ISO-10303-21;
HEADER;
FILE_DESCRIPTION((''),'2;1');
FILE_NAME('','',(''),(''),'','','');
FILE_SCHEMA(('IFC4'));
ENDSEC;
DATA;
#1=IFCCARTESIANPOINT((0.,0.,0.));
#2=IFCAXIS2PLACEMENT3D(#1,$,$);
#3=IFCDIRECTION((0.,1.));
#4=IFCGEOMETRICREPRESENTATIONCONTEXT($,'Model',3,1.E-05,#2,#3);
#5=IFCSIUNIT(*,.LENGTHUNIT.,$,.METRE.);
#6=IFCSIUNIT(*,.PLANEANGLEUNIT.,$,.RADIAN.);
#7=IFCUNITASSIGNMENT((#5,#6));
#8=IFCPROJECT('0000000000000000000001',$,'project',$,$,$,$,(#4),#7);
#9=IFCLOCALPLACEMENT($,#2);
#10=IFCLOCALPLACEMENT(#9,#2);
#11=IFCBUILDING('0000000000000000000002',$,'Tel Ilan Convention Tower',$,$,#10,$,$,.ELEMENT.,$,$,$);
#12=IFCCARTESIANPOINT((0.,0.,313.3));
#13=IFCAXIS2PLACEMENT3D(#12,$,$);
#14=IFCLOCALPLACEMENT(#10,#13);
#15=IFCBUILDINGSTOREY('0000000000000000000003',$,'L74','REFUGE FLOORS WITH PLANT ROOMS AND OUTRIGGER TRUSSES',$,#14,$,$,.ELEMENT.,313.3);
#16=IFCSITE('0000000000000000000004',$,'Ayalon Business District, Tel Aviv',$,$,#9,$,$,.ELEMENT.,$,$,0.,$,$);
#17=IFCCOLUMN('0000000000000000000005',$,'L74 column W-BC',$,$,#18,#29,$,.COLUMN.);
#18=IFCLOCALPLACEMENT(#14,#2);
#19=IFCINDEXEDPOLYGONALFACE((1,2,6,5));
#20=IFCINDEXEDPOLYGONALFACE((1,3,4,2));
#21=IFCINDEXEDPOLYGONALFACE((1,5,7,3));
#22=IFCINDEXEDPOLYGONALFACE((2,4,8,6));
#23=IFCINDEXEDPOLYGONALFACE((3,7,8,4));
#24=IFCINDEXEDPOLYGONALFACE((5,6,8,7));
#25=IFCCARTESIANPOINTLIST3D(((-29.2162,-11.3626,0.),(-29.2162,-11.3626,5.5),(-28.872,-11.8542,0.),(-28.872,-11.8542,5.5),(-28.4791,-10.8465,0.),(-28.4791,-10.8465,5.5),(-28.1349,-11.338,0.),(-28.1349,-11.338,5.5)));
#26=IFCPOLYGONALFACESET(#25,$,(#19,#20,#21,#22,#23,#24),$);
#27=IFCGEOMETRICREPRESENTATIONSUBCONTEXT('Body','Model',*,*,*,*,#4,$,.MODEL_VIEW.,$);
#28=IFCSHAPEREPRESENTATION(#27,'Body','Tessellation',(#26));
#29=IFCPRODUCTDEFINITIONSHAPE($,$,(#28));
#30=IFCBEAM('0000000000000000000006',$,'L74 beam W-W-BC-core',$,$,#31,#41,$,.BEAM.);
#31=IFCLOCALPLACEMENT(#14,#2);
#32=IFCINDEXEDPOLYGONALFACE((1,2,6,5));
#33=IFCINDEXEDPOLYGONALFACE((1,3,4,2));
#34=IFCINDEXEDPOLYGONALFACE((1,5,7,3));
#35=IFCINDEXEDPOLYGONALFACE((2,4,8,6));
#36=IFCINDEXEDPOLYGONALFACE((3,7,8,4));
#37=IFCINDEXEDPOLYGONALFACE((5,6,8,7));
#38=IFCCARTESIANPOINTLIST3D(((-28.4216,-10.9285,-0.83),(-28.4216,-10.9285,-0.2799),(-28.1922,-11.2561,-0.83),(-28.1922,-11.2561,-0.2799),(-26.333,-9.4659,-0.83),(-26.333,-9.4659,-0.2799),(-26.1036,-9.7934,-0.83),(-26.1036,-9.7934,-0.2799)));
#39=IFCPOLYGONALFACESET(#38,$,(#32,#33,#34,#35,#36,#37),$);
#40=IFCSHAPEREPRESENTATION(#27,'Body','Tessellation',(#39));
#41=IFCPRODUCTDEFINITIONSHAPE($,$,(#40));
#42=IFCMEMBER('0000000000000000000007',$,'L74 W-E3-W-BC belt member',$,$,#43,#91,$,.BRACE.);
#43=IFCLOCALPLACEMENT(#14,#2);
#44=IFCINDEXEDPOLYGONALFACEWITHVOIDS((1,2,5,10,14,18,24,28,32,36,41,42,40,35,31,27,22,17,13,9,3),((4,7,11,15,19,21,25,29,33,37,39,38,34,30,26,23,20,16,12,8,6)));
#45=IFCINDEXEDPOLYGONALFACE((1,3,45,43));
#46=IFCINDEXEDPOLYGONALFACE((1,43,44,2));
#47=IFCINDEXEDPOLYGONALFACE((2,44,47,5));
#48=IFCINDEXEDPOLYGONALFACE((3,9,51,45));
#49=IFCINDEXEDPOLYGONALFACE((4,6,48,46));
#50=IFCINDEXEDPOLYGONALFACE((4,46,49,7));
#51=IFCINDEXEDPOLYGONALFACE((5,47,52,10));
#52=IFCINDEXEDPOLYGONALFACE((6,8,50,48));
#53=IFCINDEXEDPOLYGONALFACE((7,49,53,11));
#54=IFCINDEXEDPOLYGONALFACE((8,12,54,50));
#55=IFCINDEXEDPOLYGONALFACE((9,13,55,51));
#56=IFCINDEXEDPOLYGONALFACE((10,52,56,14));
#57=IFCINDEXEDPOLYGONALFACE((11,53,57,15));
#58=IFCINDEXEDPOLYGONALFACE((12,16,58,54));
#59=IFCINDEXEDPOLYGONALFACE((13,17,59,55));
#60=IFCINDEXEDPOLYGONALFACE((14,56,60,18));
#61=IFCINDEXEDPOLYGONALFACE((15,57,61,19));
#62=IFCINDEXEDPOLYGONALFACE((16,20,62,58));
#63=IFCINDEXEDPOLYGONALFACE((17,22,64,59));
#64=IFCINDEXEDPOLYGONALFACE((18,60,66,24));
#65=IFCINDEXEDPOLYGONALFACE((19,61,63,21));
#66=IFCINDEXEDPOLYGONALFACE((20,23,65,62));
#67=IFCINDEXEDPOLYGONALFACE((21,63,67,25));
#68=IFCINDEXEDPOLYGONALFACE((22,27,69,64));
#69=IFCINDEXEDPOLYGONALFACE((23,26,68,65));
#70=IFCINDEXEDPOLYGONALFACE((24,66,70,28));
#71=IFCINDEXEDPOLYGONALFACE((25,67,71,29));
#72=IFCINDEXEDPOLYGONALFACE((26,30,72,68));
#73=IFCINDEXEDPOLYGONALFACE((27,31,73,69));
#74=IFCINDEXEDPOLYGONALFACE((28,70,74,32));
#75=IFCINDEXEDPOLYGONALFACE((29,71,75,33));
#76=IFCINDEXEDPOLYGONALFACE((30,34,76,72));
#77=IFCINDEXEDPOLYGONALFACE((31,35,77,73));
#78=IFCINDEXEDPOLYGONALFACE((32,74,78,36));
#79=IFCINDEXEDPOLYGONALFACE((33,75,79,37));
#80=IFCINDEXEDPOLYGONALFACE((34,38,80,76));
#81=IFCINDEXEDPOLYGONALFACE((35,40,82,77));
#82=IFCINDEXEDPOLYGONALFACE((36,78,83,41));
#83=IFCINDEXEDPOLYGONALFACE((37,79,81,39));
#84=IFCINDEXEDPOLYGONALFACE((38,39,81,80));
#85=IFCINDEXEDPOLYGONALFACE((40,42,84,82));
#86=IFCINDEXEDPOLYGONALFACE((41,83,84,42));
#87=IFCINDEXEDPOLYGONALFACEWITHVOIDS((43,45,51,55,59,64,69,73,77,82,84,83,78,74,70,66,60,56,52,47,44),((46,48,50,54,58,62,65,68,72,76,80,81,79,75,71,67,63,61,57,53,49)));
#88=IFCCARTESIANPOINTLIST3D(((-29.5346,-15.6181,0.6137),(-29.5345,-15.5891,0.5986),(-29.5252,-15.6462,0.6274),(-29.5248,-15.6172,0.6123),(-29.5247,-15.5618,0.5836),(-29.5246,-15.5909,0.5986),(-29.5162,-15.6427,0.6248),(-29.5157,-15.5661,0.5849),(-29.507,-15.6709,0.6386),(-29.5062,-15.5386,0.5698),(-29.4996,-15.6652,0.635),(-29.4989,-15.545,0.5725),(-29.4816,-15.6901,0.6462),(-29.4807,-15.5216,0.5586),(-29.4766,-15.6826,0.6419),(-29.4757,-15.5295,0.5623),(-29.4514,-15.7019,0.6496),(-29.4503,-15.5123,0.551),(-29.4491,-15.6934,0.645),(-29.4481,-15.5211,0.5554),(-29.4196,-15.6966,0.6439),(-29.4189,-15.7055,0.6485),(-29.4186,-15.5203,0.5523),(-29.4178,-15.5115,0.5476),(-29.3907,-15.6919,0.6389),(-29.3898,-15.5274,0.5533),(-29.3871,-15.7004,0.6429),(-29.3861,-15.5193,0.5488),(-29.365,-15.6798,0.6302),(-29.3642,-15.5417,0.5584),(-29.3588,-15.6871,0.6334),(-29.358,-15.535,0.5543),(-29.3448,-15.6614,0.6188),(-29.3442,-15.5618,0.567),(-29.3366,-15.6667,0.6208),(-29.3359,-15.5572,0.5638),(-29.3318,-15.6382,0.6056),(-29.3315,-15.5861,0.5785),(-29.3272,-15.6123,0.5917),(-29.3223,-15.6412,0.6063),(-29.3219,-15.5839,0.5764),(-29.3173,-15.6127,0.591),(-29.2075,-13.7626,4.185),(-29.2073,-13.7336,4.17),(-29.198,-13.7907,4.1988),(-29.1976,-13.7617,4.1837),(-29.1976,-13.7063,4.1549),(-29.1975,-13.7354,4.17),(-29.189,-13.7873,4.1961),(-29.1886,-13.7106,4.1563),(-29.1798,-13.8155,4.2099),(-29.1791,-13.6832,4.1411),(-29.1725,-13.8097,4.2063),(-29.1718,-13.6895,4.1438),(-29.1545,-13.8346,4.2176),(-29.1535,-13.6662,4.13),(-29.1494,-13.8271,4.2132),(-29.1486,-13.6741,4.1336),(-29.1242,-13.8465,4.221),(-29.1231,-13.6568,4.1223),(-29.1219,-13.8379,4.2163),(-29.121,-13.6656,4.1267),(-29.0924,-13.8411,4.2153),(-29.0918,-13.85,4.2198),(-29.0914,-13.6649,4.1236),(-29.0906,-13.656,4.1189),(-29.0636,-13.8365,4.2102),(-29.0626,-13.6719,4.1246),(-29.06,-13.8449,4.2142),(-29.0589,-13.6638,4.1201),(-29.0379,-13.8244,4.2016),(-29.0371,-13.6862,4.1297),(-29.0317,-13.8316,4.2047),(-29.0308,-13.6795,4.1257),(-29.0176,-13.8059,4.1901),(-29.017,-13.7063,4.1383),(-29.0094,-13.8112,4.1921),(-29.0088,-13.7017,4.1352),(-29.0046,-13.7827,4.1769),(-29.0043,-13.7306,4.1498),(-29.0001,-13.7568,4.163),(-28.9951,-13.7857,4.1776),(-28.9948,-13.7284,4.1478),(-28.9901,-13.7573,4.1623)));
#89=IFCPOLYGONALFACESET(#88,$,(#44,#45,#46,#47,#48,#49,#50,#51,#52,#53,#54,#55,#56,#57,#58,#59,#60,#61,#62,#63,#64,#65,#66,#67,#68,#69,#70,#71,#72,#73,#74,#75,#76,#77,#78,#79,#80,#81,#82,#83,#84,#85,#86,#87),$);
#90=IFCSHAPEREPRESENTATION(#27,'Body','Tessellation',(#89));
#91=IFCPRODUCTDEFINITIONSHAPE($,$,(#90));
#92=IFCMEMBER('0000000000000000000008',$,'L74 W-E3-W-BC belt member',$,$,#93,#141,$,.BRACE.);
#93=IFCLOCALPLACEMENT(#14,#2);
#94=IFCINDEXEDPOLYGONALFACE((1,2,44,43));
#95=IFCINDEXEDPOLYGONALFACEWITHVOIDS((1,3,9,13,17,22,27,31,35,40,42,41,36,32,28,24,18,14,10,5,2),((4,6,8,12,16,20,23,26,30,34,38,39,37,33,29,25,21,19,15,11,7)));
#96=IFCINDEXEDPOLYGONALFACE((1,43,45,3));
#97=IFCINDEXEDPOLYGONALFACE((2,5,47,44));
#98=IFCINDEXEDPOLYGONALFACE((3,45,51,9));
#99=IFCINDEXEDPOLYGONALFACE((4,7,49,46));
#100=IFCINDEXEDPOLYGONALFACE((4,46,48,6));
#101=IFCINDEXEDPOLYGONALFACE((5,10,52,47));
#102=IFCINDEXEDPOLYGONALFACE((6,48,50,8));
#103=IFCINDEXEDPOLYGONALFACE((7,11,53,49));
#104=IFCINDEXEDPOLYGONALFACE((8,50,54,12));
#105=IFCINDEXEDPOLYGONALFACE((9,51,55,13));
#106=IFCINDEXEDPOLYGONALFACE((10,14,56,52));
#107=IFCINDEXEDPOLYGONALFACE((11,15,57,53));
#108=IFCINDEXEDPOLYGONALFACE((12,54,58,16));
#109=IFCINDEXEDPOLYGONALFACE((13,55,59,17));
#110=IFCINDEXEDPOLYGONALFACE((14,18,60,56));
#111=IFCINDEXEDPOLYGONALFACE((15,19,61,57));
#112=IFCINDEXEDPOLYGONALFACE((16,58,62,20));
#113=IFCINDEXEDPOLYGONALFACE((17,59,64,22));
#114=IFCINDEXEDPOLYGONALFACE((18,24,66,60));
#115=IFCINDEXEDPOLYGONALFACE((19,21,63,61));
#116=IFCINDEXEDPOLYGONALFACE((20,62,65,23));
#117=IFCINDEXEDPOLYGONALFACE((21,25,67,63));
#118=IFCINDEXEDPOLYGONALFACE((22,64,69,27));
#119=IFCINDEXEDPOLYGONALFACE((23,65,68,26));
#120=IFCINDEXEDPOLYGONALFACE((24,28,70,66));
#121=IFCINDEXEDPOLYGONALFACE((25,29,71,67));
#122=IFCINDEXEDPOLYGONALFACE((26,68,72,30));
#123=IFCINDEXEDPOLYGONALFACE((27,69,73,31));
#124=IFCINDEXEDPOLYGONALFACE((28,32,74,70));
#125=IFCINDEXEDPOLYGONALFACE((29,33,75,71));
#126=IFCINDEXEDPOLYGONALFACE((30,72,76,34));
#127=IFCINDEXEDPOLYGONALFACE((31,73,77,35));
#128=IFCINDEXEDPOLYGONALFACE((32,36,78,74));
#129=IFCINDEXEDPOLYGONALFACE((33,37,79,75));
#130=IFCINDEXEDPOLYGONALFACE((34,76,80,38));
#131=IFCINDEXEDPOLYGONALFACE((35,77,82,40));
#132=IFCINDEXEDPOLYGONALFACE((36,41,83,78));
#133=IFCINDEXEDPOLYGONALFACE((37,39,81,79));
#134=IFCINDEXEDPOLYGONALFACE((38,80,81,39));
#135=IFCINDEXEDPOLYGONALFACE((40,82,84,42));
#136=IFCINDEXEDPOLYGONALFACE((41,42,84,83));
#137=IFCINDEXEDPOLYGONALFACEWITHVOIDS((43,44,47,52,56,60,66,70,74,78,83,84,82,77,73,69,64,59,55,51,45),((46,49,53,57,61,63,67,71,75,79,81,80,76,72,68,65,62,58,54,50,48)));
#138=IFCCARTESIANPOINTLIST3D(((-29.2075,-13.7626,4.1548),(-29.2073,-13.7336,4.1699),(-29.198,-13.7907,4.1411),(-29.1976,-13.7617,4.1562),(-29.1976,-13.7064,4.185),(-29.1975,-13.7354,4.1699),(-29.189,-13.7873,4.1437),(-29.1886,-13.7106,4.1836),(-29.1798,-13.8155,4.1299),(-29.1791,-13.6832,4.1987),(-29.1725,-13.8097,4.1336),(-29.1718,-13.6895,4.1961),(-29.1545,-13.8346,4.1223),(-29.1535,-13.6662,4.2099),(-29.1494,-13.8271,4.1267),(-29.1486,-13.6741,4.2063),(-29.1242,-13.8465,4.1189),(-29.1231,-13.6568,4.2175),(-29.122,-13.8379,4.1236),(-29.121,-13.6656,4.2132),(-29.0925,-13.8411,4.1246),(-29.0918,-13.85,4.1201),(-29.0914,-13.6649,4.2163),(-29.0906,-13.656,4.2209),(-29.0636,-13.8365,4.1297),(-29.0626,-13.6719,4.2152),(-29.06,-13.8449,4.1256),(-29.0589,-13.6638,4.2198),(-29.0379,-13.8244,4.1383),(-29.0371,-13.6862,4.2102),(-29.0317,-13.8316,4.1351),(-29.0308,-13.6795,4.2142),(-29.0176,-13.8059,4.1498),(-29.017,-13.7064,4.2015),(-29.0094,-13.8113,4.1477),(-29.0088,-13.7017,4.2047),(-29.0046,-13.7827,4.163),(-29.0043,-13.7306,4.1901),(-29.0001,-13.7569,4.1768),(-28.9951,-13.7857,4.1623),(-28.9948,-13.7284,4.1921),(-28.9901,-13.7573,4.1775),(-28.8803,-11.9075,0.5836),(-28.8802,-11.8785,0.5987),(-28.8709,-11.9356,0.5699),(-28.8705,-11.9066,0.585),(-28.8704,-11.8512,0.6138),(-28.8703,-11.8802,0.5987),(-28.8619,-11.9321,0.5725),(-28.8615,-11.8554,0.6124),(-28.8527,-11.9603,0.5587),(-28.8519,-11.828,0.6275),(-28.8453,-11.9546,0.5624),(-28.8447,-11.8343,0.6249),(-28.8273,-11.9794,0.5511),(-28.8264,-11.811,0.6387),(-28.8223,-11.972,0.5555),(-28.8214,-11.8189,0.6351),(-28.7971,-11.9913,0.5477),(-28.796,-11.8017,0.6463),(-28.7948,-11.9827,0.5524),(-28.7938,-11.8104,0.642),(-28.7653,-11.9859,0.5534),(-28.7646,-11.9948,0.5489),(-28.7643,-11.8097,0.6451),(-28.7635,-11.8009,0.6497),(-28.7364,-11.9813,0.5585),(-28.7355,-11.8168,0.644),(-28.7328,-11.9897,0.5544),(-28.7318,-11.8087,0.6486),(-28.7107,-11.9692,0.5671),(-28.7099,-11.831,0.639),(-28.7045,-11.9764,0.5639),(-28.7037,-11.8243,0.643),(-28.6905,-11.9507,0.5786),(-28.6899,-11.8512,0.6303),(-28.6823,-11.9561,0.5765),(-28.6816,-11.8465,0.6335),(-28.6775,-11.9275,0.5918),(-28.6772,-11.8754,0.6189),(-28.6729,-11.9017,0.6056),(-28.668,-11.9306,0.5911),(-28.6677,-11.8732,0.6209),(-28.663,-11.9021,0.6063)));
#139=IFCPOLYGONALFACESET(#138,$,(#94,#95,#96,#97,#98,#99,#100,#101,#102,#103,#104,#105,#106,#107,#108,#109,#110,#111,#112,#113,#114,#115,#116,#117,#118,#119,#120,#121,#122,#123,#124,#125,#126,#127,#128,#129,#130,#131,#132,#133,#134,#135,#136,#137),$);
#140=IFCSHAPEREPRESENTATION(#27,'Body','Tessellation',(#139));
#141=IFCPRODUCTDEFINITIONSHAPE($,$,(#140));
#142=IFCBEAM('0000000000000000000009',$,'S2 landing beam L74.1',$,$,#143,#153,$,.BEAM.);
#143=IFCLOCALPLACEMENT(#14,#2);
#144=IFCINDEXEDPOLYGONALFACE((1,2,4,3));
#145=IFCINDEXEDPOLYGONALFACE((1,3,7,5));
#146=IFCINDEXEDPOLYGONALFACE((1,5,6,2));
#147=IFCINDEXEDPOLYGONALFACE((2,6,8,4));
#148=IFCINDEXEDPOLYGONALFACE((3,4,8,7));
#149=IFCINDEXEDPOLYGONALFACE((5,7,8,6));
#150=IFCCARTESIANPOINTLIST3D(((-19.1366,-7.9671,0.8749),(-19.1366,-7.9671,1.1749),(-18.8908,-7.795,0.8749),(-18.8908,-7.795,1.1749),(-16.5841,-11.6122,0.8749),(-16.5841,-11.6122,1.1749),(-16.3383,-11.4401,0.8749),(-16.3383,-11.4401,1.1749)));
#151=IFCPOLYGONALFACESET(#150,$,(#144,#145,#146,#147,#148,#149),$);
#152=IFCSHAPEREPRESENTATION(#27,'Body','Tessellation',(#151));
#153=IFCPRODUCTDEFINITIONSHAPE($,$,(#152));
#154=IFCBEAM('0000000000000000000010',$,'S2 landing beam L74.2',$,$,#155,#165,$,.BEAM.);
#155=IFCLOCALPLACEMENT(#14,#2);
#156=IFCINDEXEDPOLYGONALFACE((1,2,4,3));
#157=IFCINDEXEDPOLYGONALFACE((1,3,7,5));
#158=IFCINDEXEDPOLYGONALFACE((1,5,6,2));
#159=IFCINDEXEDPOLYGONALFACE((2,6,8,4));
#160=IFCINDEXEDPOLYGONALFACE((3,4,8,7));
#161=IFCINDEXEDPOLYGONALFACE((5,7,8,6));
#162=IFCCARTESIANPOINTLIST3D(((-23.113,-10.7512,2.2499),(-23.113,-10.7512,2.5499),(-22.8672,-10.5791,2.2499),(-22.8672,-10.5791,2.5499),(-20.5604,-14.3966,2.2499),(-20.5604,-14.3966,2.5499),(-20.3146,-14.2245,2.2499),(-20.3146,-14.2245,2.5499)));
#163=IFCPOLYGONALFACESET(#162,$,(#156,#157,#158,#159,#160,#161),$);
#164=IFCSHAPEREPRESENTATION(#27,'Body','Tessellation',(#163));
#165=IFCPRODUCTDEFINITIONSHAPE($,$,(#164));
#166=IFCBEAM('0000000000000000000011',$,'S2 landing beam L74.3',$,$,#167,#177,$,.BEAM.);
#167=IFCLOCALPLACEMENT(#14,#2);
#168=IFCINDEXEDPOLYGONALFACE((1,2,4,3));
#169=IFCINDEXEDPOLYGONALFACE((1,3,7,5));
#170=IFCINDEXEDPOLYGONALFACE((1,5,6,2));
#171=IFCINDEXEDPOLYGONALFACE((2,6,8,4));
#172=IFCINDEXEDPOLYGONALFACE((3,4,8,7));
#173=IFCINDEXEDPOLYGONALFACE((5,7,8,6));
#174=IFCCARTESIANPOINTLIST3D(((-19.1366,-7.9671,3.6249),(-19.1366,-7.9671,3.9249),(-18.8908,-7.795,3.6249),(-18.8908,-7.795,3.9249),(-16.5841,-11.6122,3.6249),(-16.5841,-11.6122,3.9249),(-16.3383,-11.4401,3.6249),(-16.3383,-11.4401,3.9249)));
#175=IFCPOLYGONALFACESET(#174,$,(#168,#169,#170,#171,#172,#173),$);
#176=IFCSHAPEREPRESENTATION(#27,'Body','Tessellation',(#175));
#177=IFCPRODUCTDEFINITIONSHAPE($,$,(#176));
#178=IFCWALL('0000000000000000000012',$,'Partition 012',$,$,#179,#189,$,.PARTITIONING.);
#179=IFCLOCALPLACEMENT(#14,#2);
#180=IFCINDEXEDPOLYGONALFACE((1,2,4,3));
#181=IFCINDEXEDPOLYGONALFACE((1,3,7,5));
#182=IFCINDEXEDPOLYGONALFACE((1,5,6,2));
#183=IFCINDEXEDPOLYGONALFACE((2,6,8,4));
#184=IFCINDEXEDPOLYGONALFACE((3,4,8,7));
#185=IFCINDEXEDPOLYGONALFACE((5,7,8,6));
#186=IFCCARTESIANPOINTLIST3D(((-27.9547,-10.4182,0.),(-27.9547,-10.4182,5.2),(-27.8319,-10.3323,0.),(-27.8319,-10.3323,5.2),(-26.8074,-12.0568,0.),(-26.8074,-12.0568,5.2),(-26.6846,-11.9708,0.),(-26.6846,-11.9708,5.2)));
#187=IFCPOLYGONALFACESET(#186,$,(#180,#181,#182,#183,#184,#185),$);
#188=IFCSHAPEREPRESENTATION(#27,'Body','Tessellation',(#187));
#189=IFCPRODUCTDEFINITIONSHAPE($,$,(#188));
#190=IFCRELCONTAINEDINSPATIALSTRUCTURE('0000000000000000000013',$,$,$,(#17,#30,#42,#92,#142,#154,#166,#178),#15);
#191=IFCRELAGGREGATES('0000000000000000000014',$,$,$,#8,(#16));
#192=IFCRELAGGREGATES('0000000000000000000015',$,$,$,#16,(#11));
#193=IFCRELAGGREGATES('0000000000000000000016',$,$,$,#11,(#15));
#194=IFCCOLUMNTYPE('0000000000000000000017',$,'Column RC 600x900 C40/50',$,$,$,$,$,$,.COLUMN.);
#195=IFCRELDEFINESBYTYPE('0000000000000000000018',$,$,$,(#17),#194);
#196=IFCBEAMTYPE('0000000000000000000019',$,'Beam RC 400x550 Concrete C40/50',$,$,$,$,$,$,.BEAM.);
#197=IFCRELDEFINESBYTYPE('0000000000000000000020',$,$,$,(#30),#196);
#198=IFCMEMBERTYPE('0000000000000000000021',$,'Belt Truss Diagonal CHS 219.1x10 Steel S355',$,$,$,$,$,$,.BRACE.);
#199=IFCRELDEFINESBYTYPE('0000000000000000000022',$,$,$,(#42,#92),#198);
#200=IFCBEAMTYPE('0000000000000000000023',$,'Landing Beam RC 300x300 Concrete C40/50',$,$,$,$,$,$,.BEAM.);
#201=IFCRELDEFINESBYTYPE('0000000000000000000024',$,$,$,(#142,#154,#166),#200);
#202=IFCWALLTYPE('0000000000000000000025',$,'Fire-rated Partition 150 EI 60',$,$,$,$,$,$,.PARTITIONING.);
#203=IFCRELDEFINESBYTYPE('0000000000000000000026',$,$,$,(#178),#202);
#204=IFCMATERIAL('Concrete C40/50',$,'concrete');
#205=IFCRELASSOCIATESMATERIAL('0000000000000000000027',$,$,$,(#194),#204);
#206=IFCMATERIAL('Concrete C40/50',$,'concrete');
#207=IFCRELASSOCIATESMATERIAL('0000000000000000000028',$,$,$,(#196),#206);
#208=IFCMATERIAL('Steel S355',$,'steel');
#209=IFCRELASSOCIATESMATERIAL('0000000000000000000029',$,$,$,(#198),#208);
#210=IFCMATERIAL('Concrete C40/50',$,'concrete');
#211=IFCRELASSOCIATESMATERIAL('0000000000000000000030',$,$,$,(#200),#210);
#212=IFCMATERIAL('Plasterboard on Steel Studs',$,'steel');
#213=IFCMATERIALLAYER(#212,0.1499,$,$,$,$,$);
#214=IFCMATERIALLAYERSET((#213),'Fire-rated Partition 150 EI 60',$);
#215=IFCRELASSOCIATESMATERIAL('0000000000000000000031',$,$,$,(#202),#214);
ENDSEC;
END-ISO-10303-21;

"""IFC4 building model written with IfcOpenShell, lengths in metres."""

from ifc_helpers import new_model, si_unit, direction, frame, frame_2d, origin, origin_2d, place, context, subcontext, project, spatial, rectangle, hollow_circle, extrude, material, layer, layer_set, material_profile, profile_set, type_object, element, save


model = new_model("IFC4")

# Units and contexts
model_context = context("Model", 3, precision=1e-05, world=origin(), true_north=direction((0.0, 1.0)))
body_context = subcontext(model_context, "Body", "Model", "MODEL_VIEW")
ifc_project = project(units=[si_unit("LENGTHUNIT", "METRE"), si_unit("PLANEANGLEUNIT", "RADIAN")], contexts=[model_context])

# Site, building, storey
site_placement = place(None, origin())
site = spatial("IfcSite", under=ifc_project, at=site_placement, Name="Ayalon Business District, Tel Aviv", CompositionType="ELEMENT", RefElevation=0.0)
building_placement = place(site_placement, origin())
building = spatial("IfcBuilding", under=site, at=building_placement, Name="Tel Ilan Convention Tower", CompositionType="ELEMENT")
storey_placement = place(building_placement, frame((0.0, 0.0, 313.3)))
storey = spatial("IfcBuildingStorey", under=building, at=storey_placement, Name="L74", Description="REFUGE FLOORS WITH PLANT ROOMS AND OUTRIGGER TRUSSES", CompositionType="ELEMENT", Elevation=313.3)

# Column
ifc_material_1 = material(Name="Concrete C40/50", Category="concrete")
ifc_material_profile_1 = material_profile(ifc_material_1, rectangle(XDim=0.8999, YDim=0.6001, at=origin_2d()), Name="RC 600x900")
ifc_profile_set_1 = profile_set([ifc_material_profile_1], Name="Concrete C40/50")
column_type = type_object("IfcColumnType", Name="Column RC 600x900 C40/50", PredefinedType="COLUMN", material=ifc_profile_set_1)
column_placement = place(storey_placement, frame((-28.6755, -11.3503, 0.0), z_axis=(0.0, 0.0, 1.0), x_axis=(-0.819152, -0.573576, 0.0)))
element("IfcColumn", 1, at=column_placement, inside=storey, type_object=column_type, Name="L74 column W-BC", PredefinedType="COLUMN", context=body_context, shape_type="SweptSolid", body=[
    extrude(rectangle(XDim=0.8999, YDim=0.6001, at=origin_2d()), origin(), (0.0, 0.0, 1.0), 5.5),
])

# Beam
ifc_material_2 = material(Name="Concrete C40/50", Category="concrete")
ifc_material_profile_2 = material_profile(ifc_material_2, rectangle(XDim=0.3999, YDim=0.55, at=origin_2d()), Name="RC 400x550")
ifc_profile_set_2 = profile_set([ifc_material_profile_2], Name="Concrete C40/50")
beam_type_1 = type_object("IfcBeamType", Name="Beam RC 400x550 Concrete C40/50", PredefinedType="BEAM", material=ifc_profile_set_2)
beam_1_placement = place(storey_placement, frame((-28.3069, -11.0923, -0.5549), z_axis=(0.819119, 0.573623, 0.0), x_axis=(-0.573623, 0.819119, 0.0)))
element("IfcBeam", 2, at=beam_1_placement, inside=storey, type_object=beam_type_1, Name="L74 beam W-W-BC-core", PredefinedType="BEAM", context=body_context, shape_type="SweptSolid", body=[
    extrude(rectangle(XDim=0.3999, YDim=0.55, at=origin_2d()), origin(), (0.0, 0.0, 1.0), 2.5498),
])

# Members
ifc_material_3 = material(Name="Steel S355", Category="steel")
ifc_material_profile_3 = material_profile(ifc_material_3, hollow_circle(Radius=0.1096, WallThickness=0.01, at=origin_2d()), Name="CHS 219.1x10")
ifc_profile_set_3 = profile_set([ifc_material_profile_3], Name="Steel S355")
member_type = type_object("IfcMemberType", Name="Belt Truss Diagonal CHS 219.1x10 Steel S355", PredefinedType="BRACE", material=ifc_profile_set_3)
member_1_placement = place(storey_placement, frame((-29.4265, -15.6082, 0.5986), z_axis=(0.081021, 0.459524, 0.884462), x_axis=(-0.98481, 0.173637, 0.0)))
element("IfcMember", 3, at=member_1_placement, inside=storey, type_object=member_type, Name="L74 W-E3-W-BC belt member", PredefinedType="BRACE", context=body_context, shape_type="SweptSolid", body=[
    extrude(hollow_circle(Radius=0.1096, WallThickness=0.01, at=origin_2d()), origin(), (0.0, 0.0, 1.0), 4.0378),
])
member_2_placement = place(storey_placement, frame((-29.0994, -13.7527, 4.1699), z_axis=(0.081024, 0.459476, -0.884487), x_axis=(-0.984806, 0.17366, 0.0)))
element("IfcMember", 4, at=member_2_placement, inside=storey, type_object=member_type, Name="L74 W-E3-W-BC belt member", PredefinedType="BRACE", context=body_context, shape_type="SweptSolid", body=[
    extrude(hollow_circle(Radius=0.1096, WallThickness=0.01, at=origin_2d()), origin(), (0.0, 0.0, 1.0), 4.0376),
])

# Beams
ifc_material_4 = material(Name="Concrete C40/50", Category="concrete")
ifc_material_profile_4 = material_profile(ifc_material_4, rectangle(XDim=0.3, YDim=0.3, at=origin_2d()), Name="RC 300x300")
ifc_profile_set_4 = profile_set([ifc_material_profile_4], Name="Concrete C40/50")
beam_type_2 = type_object("IfcBeamType", Name="Landing Beam RC 300x300 Concrete C40/50", PredefinedType="BEAM", material=ifc_profile_set_4)
beam_2_placement = place(storey_placement, frame((-16.4612, -11.5261, 1.0249), z_axis=(-0.57361, 0.819129, 0.0), x_axis=(-0.819129, -0.57361, 0.0)))
element("IfcBeam", 5, at=beam_2_placement, inside=storey, type_object=beam_type_2, Name="S2 landing beam L74.1", PredefinedType="BEAM", context=body_context, shape_type="SweptSolid", body=[
    extrude(rectangle(XDim=0.3, YDim=0.3, at=origin_2d()), origin(), (0.0, 0.0, 1.0), 4.45),
])
beam_3_placement = place(storey_placement, frame((-20.4375, -14.3105, 2.3999), z_axis=(-0.573584, 0.819147, 0.0), x_axis=(-0.819147, -0.573584, 0.0)))
element("IfcBeam", 6, at=beam_3_placement, inside=storey, type_object=beam_type_2, Name="S2 landing beam L74.2", PredefinedType="BEAM", context=body_context, shape_type="SweptSolid", body=[
    extrude(rectangle(XDim=0.3, YDim=0.3, at=origin_2d()), origin(), (0.0, 0.0, 1.0), 4.4502),
])
beam_4_placement = place(storey_placement, frame((-16.4612, -11.5261, 3.7749), z_axis=(-0.57361, 0.819129, 0.0), x_axis=(-0.819129, -0.57361, 0.0)))
element("IfcBeam", 7, at=beam_4_placement, inside=storey, type_object=beam_type_2, Name="S2 landing beam L74.3", PredefinedType="BEAM", context=body_context, shape_type="SweptSolid", body=[
    extrude(rectangle(XDim=0.3, YDim=0.3, at=origin_2d()), origin(), (0.0, 0.0, 1.0), 4.45),
])

# Wall
ifc_material_5 = material(Name="Plasterboard on Steel Studs", Category="steel")
ifc_layer_1 = layer(ifc_material_5, 0.1499)
ifc_layer_set_1 = layer_set([ifc_layer_1], Name="Fire-rated Partition 150 EI 60")
wall_type_1 = type_object("IfcWallType", Name="Fire-rated Partition 150 EI 60", PredefinedType="PARTITIONING", material=ifc_layer_set_1)
wall_1_placement = place(storey_placement, frame((-26.7461, -12.0137, 0.0), z_axis=(0.0, 0.0, 1.0), x_axis=(-0.573569, 0.819157, 0.0)))
element("IfcWall", 8, at=wall_1_placement, inside=storey, type_object=wall_type_1, Name="Partition 012", PredefinedType="PARTITIONING", context=body_context, shape_type="SweptSolid", body=[
    extrude(rectangle(XDim=2.0002, YDim=0.1499, at=frame_2d((1.0, 0.0))), origin(), (0.0, 0.0, 1.0), 5.2),
])

save(model, "model.ifc")
